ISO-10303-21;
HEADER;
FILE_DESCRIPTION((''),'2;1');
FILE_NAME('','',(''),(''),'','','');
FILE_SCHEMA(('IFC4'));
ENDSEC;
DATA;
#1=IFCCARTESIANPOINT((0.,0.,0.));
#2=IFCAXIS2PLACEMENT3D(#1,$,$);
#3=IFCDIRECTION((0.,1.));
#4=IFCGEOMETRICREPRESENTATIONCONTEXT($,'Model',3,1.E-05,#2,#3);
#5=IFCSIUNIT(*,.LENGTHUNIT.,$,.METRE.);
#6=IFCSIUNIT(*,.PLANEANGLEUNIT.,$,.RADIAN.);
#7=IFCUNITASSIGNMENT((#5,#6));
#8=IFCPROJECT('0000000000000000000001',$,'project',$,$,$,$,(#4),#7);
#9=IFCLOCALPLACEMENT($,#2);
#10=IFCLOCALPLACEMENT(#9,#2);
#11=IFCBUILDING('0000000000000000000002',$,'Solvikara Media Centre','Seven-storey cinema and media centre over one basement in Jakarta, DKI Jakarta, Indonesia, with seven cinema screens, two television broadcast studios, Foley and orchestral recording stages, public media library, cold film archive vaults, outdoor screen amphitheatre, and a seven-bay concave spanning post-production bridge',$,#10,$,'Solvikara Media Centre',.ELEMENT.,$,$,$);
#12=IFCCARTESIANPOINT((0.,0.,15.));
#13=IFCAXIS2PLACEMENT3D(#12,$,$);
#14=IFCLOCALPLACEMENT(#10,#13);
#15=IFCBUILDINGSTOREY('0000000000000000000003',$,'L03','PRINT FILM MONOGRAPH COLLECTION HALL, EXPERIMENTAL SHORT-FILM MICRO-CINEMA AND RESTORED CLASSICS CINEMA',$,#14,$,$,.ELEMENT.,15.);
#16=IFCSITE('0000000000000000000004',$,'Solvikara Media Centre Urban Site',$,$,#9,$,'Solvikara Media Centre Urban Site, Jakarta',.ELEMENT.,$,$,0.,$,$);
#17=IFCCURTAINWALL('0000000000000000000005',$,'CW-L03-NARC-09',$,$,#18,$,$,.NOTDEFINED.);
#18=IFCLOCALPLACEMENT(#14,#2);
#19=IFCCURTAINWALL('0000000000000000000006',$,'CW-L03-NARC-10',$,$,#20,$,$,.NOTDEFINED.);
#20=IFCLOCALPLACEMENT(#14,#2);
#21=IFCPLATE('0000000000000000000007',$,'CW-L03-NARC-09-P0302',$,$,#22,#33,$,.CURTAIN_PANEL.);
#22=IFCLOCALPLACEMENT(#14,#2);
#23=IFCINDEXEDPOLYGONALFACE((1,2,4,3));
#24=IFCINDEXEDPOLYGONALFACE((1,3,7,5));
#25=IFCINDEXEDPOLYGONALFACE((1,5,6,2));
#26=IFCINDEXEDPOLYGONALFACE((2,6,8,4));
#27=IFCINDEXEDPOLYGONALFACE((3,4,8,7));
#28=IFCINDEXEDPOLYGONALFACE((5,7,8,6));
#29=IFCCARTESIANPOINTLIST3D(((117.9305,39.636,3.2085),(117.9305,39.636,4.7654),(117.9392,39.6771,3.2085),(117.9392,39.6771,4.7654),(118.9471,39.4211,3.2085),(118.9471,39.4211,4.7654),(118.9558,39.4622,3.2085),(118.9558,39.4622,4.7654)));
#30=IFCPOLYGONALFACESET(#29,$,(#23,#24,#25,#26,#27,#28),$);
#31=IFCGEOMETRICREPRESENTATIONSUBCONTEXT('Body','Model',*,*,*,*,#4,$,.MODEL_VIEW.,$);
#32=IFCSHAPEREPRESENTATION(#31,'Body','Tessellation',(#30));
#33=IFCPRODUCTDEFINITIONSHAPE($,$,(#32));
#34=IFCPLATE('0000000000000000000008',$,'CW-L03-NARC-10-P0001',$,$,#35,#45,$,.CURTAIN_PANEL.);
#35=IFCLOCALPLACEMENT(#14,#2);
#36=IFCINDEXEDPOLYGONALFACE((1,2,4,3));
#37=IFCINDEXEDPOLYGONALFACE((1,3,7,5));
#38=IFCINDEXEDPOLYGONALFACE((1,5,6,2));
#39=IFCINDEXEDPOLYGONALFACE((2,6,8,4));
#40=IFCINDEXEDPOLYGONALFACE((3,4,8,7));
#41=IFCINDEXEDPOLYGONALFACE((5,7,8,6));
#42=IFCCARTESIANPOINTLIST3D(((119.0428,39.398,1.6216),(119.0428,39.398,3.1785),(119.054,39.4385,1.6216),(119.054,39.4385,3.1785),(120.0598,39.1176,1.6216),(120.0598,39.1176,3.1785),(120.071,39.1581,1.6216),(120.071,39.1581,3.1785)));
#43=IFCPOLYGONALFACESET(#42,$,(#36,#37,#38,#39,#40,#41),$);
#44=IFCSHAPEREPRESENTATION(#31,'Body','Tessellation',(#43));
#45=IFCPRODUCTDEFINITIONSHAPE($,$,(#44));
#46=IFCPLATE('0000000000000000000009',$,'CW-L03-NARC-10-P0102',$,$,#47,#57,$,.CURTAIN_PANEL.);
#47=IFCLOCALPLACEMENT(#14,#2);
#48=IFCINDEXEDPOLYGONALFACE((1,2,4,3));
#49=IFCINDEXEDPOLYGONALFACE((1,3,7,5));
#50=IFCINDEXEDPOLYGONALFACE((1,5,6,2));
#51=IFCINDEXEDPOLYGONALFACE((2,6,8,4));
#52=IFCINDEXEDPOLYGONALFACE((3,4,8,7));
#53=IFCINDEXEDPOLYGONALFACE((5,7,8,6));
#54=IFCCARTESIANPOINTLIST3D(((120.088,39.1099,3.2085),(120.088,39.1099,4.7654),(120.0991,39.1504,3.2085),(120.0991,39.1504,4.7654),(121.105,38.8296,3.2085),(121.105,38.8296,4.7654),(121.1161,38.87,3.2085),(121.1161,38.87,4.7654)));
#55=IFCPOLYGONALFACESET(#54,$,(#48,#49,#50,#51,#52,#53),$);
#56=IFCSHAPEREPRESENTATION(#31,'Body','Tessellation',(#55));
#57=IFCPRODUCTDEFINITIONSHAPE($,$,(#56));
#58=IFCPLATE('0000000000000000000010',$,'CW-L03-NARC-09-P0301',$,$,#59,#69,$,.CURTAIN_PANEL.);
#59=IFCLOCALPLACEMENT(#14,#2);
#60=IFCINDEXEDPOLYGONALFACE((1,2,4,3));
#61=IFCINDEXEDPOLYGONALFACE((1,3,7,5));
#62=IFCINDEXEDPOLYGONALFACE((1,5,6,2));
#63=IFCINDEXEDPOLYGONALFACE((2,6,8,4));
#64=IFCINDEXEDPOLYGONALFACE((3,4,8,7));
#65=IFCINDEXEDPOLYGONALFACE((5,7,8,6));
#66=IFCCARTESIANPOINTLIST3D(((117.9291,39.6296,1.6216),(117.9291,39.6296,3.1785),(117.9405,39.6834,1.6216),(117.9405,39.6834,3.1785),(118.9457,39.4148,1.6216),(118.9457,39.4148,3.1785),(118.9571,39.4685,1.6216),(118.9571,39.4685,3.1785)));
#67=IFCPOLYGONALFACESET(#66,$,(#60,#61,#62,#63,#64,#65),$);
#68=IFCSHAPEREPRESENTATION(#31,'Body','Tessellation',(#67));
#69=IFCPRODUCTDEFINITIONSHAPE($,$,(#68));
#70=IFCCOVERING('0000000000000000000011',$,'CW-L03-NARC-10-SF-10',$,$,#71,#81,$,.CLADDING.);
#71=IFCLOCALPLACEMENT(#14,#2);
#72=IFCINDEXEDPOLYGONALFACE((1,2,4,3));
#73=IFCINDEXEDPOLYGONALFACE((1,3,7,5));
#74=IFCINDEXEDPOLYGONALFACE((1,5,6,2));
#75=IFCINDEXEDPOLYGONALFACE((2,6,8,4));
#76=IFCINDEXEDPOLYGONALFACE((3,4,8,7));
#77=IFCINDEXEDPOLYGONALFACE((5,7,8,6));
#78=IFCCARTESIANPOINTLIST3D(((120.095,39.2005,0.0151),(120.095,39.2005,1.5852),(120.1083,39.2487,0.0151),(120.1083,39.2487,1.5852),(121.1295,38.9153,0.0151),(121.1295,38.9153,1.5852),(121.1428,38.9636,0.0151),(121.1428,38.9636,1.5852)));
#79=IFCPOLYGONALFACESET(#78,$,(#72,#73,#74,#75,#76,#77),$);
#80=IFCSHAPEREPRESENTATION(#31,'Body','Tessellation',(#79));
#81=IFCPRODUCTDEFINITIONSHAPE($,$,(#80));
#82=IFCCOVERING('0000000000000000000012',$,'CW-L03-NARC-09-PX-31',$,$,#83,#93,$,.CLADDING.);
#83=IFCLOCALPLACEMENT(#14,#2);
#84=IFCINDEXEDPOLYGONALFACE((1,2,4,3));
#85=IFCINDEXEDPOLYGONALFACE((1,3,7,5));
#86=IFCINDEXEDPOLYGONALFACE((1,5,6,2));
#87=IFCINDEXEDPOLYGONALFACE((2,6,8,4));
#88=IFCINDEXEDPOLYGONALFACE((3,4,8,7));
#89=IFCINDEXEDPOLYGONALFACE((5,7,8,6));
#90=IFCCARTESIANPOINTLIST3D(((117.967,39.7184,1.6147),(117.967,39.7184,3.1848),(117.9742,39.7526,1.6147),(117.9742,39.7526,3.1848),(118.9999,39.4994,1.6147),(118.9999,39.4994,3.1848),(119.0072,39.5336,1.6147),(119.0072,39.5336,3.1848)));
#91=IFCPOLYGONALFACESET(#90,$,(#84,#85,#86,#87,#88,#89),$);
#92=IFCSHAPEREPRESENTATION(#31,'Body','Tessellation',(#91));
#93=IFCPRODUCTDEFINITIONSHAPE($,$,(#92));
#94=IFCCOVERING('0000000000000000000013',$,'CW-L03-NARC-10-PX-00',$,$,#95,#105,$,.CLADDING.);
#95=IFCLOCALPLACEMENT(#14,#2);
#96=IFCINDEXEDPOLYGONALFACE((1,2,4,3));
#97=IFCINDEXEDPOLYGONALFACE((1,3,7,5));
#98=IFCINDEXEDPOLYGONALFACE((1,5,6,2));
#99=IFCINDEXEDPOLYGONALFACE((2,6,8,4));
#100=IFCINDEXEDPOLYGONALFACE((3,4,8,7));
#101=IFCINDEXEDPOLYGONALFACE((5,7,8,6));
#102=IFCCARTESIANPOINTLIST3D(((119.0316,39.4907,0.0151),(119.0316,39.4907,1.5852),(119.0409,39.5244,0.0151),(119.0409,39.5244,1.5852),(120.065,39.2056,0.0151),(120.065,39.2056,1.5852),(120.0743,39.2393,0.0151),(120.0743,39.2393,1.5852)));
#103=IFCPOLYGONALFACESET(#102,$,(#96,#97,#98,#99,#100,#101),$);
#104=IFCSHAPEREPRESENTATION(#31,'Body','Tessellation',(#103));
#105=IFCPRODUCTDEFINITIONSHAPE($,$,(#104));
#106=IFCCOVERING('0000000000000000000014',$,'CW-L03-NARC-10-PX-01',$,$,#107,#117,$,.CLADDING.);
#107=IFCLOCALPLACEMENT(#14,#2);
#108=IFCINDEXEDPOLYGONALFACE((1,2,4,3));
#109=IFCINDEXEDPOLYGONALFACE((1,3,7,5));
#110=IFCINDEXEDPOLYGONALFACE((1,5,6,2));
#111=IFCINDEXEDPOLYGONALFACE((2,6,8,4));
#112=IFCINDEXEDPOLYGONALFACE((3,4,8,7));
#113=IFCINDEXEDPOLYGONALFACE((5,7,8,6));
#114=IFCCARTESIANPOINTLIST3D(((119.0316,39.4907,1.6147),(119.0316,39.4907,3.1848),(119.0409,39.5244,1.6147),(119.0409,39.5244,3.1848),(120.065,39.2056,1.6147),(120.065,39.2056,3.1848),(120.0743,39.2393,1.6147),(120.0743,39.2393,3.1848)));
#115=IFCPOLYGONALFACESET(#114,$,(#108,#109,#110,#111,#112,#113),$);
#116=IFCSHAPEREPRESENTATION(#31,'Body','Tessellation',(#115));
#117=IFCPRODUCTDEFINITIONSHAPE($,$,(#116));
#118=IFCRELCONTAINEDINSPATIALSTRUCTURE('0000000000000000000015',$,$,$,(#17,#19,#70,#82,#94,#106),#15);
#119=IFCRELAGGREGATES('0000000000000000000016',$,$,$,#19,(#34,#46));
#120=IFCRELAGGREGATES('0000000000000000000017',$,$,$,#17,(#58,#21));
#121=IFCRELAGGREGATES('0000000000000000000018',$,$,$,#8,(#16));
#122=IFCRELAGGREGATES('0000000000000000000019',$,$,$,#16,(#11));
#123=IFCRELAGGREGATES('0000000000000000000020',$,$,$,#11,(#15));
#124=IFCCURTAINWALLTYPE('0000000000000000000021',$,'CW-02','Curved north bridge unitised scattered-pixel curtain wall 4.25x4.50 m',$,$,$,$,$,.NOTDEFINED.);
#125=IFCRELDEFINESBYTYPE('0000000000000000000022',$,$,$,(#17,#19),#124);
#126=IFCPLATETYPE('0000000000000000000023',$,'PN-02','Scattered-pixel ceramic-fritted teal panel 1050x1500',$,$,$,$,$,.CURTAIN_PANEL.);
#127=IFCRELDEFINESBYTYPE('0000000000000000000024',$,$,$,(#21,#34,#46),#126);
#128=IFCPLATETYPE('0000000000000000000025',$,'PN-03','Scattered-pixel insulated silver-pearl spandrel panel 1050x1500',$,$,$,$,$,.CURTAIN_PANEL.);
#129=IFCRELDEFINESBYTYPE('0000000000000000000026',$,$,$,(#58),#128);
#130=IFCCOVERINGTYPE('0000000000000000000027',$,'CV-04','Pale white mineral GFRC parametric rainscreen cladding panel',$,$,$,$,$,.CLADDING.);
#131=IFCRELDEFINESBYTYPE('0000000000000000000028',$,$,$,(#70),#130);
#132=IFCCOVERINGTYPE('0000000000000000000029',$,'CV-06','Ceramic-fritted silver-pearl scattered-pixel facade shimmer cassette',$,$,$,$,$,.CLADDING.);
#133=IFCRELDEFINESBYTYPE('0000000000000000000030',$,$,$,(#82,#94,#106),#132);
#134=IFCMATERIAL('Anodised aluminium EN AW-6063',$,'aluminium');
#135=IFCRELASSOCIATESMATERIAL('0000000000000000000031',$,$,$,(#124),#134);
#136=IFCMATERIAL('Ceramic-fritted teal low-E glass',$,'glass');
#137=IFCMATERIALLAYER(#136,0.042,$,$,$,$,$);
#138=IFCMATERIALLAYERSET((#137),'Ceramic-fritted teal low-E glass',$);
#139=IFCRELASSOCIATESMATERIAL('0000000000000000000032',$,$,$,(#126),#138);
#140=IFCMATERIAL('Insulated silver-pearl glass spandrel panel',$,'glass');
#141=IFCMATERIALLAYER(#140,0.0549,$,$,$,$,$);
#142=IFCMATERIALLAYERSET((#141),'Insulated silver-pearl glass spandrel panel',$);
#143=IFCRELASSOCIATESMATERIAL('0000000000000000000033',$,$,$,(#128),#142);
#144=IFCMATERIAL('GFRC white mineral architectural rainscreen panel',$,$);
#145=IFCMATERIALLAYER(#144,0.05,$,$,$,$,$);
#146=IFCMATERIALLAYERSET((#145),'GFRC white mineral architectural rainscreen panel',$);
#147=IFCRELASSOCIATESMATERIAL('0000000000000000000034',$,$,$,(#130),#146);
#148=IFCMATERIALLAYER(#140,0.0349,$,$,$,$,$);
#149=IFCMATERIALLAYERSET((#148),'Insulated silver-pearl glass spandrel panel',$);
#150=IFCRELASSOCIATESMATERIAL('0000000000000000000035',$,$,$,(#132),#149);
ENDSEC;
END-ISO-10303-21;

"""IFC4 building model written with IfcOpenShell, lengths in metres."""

from ifc_helpers import new_model, si_unit, direction, frame, origin, origin_2d, place, context, subcontext, project, spatial, rectangle, extrude, material, layer, layer_set, type_object, element, aggregate, save


model = new_model("IFC4")

# Units and contexts
model_context = context("Model", 3, precision=1e-05, world=origin(), true_north=direction((0.0, 1.0)))
body_context = subcontext(model_context, "Body", "Model", "MODEL_VIEW")
ifc_project = project(units=[si_unit("LENGTHUNIT", "METRE"), si_unit("PLANEANGLEUNIT", "RADIAN")], contexts=[model_context])

# Site, building, storey
site_placement = place(None, origin())
site = spatial("IfcSite", under=ifc_project, at=site_placement, Name="Solvikara Media Centre Urban Site", LongName="Solvikara Media Centre Urban Site, Jakarta", CompositionType="ELEMENT", RefElevation=0.0)
building_placement = place(site_placement, origin())
building = spatial("IfcBuilding", under=site, at=building_placement, Name="Solvikara Media Centre", Description="Seven-storey cinema and media centre over one basement in Jakarta, DKI Jakarta, Indonesia, with seven cinema screens, two television broadcast studios, Foley and orchestral recording stages, public media library, cold film archive vaults, outdoor screen amphitheatre, and a seven-bay concave spanning post-production bridge", LongName="Solvikara Media Centre", CompositionType="ELEMENT")
storey_placement = place(building_placement, frame((0.0, 0.0, 15.0)))
storey = spatial("IfcBuildingStorey", under=building, at=storey_placement, Name="L03", Description="PRINT FILM MONOGRAPH COLLECTION HALL, EXPERIMENTAL SHORT-FILM MICRO-CINEMA AND RESTORED CLASSICS CINEMA", CompositionType="ELEMENT", Elevation=15.0)

# Curtain wall
ifc_material_1 = material(Name="Anodised aluminium EN AW-6063", Category="aluminium")
curtain_wall_type = type_object("IfcCurtainWallType", Name="CW-02", Description="Curved north bridge unitised scattered-pixel curtain wall 4.25x4.50 m", PredefinedType="NOTDEFINED", material=ifc_material_1)
curtain_wall_1_placement = place(storey_placement, origin())
curtain_wall_1 = element("IfcCurtainWall", 1, at=curtain_wall_1_placement, inside=storey, type_object=curtain_wall_type, Name="CW-L03-NARC-09", PredefinedType="NOTDEFINED")

# Curtain wall
curtain_wall_2_placement = place(storey_placement, origin())
curtain_wall_2 = element("IfcCurtainWall", 2, at=curtain_wall_2_placement, inside=storey, type_object=curtain_wall_type, Name="CW-L03-NARC-10", PredefinedType="NOTDEFINED")

# Plates
ifc_material_2 = material(Name="Ceramic-fritted teal low-E glass", Category="glass")
ifc_layer_1 = layer(ifc_material_2, 0.042)
ifc_layer_set_1 = layer_set([ifc_layer_1], Name="Ceramic-fritted teal low-E glass")
plate_type_1 = type_object("IfcPlateType", Name="PN-02", Description="Scattered-pixel ceramic-fritted teal panel 1050x1500", PredefinedType="CURTAIN_PANEL", material=ifc_layer_set_1)
plate_1_placement = place(storey_placement, frame((118.4431, 39.5491, 3.2085), z_axis=(0.0, 0.0, 1.0), x_axis=(0.978379, -0.206819, 0.0)))
plate_1 = element("IfcPlate", 3, at=plate_1_placement, type_object=plate_type_1, Name="CW-L03-NARC-09-P0302", PredefinedType="CURTAIN_PANEL", context=body_context, shape_type="SweptSolid", body=[
    extrude(rectangle(XDim=1.0391, YDim=0.042, at=origin_2d()), origin(), (0.0, 0.0, 1.0), 1.5569),
])
plate_2_placement = place(storey_placement, frame((119.5569, 39.2781, 1.6216), z_axis=(0.0, 0.0, 1.0), x_axis=(0.96403, -0.265792, 0.0)))
plate_2 = element("IfcPlate", 4, at=plate_2_placement, type_object=plate_type_1, Name="CW-L03-NARC-10-P0001", PredefinedType="CURTAIN_PANEL", context=body_context, shape_type="SweptSolid", body=[
    extrude(rectangle(XDim=1.0549, YDim=0.042, at=origin_2d()), origin(), (0.0, 0.0, 1.0), 1.5569),
])
plate_3_placement = place(storey_placement, frame((120.6021, 38.99, 3.2085), z_axis=(0.0, 0.0, 1.0), x_axis=(0.96403, -0.265792, 0.0)))
plate_3 = element("IfcPlate", 5, at=plate_3_placement, type_object=plate_type_1, Name="CW-L03-NARC-10-P0102", PredefinedType="CURTAIN_PANEL", context=body_context, shape_type="SweptSolid", body=[
    extrude(rectangle(XDim=1.0549, YDim=0.042, at=origin_2d()), origin(), (0.0, 0.0, 1.0), 1.5569),
])
aggregate(curtain_wall_2, [plate_2, plate_3])
ifc_material_3 = material(Name="Insulated silver-pearl glass spandrel panel", Category="glass")
ifc_layer_2 = layer(ifc_material_3, 0.0549)
ifc_layer_set_2 = layer_set([ifc_layer_2], Name="Insulated silver-pearl glass spandrel panel")
plate_type_2 = type_object("IfcPlateType", Name="PN-03", Description="Scattered-pixel insulated silver-pearl spandrel panel 1050x1500", PredefinedType="CURTAIN_PANEL", material=ifc_layer_set_2)
plate_4_placement = place(storey_placement, frame((118.4431, 39.5491, 1.6216), z_axis=(0.0, 0.0, 1.0), x_axis=(0.978379, -0.206819, 0.0)))
plate_4 = element("IfcPlate", 6, at=plate_4_placement, type_object=plate_type_2, Name="CW-L03-NARC-09-P0301", PredefinedType="CURTAIN_PANEL", context=body_context, shape_type="SweptSolid", body=[
    extrude(rectangle(XDim=1.0391, YDim=0.0549, at=origin_2d()), origin(), (0.0, 0.0, 1.0), 1.5569),
])
aggregate(curtain_wall_1, [plate_4, plate_1])

# Coverings
ifc_material_4 = material(Name="GFRC white mineral architectural rainscreen panel")
ifc_layer_3 = layer(ifc_material_4, 0.05)
ifc_layer_set_3 = layer_set([ifc_layer_3], Name="GFRC white mineral architectural rainscreen panel")
covering_type_1 = type_object("IfcCoveringType", Name="CV-04", Description="Pale white mineral GFRC parametric rainscreen cladding panel", PredefinedType="CLADDING", material=ifc_layer_set_3)
covering_1_placement = place(storey_placement, frame((120.6189, 39.082, 0.0151), z_axis=(0.0, 0.0, 1.0), x_axis=(0.964049, -0.265724, 0.0)))
element("IfcCovering", 7, at=covering_1_placement, inside=storey, type_object=covering_type_1, Name="CW-L03-NARC-10-SF-10", PredefinedType="CLADDING", context=body_context, shape_type="SweptSolid", body=[
    extrude(rectangle(XDim=1.073, YDim=0.05, at=origin_2d()), origin(), (0.0, 0.0, 1.0), 1.5701),
])
ifc_layer_4 = layer(ifc_material_3, 0.0349)
ifc_layer_set_4 = layer_set([ifc_layer_4], Name="Insulated silver-pearl glass spandrel panel")
covering_type_2 = type_object("IfcCoveringType", Name="CV-06", Description="Ceramic-fritted silver-pearl scattered-pixel facade shimmer cassette", PredefinedType="CLADDING", material=ifc_layer_set_4)
covering_2_placement = place(storey_placement, frame((118.4871, 39.626, 1.6147), z_axis=(0.0, 0.0, 1.0), x_axis=(0.978256, -0.2074, 0.0)))
element("IfcCovering", 8, at=covering_2_placement, inside=storey, type_object=covering_type_2, Name="CW-L03-NARC-09-PX-31", PredefinedType="CLADDING", context=body_context, shape_type="SweptSolid", body=[
    extrude(rectangle(XDim=1.0559, YDim=0.0349, at=origin_2d()), origin(), (0.0, 0.0, 1.0), 1.5701),
])
for number, where, z_axis, x_axis, name in (
    (9, (119.553, 39.365, 0.0151), (0.0, 0.0, 1.0), (0.963984, -0.26596, 0.0), "CW-L03-NARC-10-PX-00"),
    (10, (119.553, 39.365, 1.6147), (0.0, 0.0, 1.0), (0.963984, -0.26596, 0.0), "CW-L03-NARC-10-PX-01"),
):
    element("IfcCovering", number, at=place(storey_placement, frame(where, z_axis=z_axis, x_axis=x_axis)), inside=storey, type_object=covering_type_2, Name=name, PredefinedType="CLADDING", context=body_context, shape_type="SweptSolid", body=[
        extrude(rectangle(XDim=1.072, YDim=0.0349, at=origin_2d()), origin(), (0.0, 0.0, 1.0), 1.5701),
    ])

save(model, "model.ifc")
